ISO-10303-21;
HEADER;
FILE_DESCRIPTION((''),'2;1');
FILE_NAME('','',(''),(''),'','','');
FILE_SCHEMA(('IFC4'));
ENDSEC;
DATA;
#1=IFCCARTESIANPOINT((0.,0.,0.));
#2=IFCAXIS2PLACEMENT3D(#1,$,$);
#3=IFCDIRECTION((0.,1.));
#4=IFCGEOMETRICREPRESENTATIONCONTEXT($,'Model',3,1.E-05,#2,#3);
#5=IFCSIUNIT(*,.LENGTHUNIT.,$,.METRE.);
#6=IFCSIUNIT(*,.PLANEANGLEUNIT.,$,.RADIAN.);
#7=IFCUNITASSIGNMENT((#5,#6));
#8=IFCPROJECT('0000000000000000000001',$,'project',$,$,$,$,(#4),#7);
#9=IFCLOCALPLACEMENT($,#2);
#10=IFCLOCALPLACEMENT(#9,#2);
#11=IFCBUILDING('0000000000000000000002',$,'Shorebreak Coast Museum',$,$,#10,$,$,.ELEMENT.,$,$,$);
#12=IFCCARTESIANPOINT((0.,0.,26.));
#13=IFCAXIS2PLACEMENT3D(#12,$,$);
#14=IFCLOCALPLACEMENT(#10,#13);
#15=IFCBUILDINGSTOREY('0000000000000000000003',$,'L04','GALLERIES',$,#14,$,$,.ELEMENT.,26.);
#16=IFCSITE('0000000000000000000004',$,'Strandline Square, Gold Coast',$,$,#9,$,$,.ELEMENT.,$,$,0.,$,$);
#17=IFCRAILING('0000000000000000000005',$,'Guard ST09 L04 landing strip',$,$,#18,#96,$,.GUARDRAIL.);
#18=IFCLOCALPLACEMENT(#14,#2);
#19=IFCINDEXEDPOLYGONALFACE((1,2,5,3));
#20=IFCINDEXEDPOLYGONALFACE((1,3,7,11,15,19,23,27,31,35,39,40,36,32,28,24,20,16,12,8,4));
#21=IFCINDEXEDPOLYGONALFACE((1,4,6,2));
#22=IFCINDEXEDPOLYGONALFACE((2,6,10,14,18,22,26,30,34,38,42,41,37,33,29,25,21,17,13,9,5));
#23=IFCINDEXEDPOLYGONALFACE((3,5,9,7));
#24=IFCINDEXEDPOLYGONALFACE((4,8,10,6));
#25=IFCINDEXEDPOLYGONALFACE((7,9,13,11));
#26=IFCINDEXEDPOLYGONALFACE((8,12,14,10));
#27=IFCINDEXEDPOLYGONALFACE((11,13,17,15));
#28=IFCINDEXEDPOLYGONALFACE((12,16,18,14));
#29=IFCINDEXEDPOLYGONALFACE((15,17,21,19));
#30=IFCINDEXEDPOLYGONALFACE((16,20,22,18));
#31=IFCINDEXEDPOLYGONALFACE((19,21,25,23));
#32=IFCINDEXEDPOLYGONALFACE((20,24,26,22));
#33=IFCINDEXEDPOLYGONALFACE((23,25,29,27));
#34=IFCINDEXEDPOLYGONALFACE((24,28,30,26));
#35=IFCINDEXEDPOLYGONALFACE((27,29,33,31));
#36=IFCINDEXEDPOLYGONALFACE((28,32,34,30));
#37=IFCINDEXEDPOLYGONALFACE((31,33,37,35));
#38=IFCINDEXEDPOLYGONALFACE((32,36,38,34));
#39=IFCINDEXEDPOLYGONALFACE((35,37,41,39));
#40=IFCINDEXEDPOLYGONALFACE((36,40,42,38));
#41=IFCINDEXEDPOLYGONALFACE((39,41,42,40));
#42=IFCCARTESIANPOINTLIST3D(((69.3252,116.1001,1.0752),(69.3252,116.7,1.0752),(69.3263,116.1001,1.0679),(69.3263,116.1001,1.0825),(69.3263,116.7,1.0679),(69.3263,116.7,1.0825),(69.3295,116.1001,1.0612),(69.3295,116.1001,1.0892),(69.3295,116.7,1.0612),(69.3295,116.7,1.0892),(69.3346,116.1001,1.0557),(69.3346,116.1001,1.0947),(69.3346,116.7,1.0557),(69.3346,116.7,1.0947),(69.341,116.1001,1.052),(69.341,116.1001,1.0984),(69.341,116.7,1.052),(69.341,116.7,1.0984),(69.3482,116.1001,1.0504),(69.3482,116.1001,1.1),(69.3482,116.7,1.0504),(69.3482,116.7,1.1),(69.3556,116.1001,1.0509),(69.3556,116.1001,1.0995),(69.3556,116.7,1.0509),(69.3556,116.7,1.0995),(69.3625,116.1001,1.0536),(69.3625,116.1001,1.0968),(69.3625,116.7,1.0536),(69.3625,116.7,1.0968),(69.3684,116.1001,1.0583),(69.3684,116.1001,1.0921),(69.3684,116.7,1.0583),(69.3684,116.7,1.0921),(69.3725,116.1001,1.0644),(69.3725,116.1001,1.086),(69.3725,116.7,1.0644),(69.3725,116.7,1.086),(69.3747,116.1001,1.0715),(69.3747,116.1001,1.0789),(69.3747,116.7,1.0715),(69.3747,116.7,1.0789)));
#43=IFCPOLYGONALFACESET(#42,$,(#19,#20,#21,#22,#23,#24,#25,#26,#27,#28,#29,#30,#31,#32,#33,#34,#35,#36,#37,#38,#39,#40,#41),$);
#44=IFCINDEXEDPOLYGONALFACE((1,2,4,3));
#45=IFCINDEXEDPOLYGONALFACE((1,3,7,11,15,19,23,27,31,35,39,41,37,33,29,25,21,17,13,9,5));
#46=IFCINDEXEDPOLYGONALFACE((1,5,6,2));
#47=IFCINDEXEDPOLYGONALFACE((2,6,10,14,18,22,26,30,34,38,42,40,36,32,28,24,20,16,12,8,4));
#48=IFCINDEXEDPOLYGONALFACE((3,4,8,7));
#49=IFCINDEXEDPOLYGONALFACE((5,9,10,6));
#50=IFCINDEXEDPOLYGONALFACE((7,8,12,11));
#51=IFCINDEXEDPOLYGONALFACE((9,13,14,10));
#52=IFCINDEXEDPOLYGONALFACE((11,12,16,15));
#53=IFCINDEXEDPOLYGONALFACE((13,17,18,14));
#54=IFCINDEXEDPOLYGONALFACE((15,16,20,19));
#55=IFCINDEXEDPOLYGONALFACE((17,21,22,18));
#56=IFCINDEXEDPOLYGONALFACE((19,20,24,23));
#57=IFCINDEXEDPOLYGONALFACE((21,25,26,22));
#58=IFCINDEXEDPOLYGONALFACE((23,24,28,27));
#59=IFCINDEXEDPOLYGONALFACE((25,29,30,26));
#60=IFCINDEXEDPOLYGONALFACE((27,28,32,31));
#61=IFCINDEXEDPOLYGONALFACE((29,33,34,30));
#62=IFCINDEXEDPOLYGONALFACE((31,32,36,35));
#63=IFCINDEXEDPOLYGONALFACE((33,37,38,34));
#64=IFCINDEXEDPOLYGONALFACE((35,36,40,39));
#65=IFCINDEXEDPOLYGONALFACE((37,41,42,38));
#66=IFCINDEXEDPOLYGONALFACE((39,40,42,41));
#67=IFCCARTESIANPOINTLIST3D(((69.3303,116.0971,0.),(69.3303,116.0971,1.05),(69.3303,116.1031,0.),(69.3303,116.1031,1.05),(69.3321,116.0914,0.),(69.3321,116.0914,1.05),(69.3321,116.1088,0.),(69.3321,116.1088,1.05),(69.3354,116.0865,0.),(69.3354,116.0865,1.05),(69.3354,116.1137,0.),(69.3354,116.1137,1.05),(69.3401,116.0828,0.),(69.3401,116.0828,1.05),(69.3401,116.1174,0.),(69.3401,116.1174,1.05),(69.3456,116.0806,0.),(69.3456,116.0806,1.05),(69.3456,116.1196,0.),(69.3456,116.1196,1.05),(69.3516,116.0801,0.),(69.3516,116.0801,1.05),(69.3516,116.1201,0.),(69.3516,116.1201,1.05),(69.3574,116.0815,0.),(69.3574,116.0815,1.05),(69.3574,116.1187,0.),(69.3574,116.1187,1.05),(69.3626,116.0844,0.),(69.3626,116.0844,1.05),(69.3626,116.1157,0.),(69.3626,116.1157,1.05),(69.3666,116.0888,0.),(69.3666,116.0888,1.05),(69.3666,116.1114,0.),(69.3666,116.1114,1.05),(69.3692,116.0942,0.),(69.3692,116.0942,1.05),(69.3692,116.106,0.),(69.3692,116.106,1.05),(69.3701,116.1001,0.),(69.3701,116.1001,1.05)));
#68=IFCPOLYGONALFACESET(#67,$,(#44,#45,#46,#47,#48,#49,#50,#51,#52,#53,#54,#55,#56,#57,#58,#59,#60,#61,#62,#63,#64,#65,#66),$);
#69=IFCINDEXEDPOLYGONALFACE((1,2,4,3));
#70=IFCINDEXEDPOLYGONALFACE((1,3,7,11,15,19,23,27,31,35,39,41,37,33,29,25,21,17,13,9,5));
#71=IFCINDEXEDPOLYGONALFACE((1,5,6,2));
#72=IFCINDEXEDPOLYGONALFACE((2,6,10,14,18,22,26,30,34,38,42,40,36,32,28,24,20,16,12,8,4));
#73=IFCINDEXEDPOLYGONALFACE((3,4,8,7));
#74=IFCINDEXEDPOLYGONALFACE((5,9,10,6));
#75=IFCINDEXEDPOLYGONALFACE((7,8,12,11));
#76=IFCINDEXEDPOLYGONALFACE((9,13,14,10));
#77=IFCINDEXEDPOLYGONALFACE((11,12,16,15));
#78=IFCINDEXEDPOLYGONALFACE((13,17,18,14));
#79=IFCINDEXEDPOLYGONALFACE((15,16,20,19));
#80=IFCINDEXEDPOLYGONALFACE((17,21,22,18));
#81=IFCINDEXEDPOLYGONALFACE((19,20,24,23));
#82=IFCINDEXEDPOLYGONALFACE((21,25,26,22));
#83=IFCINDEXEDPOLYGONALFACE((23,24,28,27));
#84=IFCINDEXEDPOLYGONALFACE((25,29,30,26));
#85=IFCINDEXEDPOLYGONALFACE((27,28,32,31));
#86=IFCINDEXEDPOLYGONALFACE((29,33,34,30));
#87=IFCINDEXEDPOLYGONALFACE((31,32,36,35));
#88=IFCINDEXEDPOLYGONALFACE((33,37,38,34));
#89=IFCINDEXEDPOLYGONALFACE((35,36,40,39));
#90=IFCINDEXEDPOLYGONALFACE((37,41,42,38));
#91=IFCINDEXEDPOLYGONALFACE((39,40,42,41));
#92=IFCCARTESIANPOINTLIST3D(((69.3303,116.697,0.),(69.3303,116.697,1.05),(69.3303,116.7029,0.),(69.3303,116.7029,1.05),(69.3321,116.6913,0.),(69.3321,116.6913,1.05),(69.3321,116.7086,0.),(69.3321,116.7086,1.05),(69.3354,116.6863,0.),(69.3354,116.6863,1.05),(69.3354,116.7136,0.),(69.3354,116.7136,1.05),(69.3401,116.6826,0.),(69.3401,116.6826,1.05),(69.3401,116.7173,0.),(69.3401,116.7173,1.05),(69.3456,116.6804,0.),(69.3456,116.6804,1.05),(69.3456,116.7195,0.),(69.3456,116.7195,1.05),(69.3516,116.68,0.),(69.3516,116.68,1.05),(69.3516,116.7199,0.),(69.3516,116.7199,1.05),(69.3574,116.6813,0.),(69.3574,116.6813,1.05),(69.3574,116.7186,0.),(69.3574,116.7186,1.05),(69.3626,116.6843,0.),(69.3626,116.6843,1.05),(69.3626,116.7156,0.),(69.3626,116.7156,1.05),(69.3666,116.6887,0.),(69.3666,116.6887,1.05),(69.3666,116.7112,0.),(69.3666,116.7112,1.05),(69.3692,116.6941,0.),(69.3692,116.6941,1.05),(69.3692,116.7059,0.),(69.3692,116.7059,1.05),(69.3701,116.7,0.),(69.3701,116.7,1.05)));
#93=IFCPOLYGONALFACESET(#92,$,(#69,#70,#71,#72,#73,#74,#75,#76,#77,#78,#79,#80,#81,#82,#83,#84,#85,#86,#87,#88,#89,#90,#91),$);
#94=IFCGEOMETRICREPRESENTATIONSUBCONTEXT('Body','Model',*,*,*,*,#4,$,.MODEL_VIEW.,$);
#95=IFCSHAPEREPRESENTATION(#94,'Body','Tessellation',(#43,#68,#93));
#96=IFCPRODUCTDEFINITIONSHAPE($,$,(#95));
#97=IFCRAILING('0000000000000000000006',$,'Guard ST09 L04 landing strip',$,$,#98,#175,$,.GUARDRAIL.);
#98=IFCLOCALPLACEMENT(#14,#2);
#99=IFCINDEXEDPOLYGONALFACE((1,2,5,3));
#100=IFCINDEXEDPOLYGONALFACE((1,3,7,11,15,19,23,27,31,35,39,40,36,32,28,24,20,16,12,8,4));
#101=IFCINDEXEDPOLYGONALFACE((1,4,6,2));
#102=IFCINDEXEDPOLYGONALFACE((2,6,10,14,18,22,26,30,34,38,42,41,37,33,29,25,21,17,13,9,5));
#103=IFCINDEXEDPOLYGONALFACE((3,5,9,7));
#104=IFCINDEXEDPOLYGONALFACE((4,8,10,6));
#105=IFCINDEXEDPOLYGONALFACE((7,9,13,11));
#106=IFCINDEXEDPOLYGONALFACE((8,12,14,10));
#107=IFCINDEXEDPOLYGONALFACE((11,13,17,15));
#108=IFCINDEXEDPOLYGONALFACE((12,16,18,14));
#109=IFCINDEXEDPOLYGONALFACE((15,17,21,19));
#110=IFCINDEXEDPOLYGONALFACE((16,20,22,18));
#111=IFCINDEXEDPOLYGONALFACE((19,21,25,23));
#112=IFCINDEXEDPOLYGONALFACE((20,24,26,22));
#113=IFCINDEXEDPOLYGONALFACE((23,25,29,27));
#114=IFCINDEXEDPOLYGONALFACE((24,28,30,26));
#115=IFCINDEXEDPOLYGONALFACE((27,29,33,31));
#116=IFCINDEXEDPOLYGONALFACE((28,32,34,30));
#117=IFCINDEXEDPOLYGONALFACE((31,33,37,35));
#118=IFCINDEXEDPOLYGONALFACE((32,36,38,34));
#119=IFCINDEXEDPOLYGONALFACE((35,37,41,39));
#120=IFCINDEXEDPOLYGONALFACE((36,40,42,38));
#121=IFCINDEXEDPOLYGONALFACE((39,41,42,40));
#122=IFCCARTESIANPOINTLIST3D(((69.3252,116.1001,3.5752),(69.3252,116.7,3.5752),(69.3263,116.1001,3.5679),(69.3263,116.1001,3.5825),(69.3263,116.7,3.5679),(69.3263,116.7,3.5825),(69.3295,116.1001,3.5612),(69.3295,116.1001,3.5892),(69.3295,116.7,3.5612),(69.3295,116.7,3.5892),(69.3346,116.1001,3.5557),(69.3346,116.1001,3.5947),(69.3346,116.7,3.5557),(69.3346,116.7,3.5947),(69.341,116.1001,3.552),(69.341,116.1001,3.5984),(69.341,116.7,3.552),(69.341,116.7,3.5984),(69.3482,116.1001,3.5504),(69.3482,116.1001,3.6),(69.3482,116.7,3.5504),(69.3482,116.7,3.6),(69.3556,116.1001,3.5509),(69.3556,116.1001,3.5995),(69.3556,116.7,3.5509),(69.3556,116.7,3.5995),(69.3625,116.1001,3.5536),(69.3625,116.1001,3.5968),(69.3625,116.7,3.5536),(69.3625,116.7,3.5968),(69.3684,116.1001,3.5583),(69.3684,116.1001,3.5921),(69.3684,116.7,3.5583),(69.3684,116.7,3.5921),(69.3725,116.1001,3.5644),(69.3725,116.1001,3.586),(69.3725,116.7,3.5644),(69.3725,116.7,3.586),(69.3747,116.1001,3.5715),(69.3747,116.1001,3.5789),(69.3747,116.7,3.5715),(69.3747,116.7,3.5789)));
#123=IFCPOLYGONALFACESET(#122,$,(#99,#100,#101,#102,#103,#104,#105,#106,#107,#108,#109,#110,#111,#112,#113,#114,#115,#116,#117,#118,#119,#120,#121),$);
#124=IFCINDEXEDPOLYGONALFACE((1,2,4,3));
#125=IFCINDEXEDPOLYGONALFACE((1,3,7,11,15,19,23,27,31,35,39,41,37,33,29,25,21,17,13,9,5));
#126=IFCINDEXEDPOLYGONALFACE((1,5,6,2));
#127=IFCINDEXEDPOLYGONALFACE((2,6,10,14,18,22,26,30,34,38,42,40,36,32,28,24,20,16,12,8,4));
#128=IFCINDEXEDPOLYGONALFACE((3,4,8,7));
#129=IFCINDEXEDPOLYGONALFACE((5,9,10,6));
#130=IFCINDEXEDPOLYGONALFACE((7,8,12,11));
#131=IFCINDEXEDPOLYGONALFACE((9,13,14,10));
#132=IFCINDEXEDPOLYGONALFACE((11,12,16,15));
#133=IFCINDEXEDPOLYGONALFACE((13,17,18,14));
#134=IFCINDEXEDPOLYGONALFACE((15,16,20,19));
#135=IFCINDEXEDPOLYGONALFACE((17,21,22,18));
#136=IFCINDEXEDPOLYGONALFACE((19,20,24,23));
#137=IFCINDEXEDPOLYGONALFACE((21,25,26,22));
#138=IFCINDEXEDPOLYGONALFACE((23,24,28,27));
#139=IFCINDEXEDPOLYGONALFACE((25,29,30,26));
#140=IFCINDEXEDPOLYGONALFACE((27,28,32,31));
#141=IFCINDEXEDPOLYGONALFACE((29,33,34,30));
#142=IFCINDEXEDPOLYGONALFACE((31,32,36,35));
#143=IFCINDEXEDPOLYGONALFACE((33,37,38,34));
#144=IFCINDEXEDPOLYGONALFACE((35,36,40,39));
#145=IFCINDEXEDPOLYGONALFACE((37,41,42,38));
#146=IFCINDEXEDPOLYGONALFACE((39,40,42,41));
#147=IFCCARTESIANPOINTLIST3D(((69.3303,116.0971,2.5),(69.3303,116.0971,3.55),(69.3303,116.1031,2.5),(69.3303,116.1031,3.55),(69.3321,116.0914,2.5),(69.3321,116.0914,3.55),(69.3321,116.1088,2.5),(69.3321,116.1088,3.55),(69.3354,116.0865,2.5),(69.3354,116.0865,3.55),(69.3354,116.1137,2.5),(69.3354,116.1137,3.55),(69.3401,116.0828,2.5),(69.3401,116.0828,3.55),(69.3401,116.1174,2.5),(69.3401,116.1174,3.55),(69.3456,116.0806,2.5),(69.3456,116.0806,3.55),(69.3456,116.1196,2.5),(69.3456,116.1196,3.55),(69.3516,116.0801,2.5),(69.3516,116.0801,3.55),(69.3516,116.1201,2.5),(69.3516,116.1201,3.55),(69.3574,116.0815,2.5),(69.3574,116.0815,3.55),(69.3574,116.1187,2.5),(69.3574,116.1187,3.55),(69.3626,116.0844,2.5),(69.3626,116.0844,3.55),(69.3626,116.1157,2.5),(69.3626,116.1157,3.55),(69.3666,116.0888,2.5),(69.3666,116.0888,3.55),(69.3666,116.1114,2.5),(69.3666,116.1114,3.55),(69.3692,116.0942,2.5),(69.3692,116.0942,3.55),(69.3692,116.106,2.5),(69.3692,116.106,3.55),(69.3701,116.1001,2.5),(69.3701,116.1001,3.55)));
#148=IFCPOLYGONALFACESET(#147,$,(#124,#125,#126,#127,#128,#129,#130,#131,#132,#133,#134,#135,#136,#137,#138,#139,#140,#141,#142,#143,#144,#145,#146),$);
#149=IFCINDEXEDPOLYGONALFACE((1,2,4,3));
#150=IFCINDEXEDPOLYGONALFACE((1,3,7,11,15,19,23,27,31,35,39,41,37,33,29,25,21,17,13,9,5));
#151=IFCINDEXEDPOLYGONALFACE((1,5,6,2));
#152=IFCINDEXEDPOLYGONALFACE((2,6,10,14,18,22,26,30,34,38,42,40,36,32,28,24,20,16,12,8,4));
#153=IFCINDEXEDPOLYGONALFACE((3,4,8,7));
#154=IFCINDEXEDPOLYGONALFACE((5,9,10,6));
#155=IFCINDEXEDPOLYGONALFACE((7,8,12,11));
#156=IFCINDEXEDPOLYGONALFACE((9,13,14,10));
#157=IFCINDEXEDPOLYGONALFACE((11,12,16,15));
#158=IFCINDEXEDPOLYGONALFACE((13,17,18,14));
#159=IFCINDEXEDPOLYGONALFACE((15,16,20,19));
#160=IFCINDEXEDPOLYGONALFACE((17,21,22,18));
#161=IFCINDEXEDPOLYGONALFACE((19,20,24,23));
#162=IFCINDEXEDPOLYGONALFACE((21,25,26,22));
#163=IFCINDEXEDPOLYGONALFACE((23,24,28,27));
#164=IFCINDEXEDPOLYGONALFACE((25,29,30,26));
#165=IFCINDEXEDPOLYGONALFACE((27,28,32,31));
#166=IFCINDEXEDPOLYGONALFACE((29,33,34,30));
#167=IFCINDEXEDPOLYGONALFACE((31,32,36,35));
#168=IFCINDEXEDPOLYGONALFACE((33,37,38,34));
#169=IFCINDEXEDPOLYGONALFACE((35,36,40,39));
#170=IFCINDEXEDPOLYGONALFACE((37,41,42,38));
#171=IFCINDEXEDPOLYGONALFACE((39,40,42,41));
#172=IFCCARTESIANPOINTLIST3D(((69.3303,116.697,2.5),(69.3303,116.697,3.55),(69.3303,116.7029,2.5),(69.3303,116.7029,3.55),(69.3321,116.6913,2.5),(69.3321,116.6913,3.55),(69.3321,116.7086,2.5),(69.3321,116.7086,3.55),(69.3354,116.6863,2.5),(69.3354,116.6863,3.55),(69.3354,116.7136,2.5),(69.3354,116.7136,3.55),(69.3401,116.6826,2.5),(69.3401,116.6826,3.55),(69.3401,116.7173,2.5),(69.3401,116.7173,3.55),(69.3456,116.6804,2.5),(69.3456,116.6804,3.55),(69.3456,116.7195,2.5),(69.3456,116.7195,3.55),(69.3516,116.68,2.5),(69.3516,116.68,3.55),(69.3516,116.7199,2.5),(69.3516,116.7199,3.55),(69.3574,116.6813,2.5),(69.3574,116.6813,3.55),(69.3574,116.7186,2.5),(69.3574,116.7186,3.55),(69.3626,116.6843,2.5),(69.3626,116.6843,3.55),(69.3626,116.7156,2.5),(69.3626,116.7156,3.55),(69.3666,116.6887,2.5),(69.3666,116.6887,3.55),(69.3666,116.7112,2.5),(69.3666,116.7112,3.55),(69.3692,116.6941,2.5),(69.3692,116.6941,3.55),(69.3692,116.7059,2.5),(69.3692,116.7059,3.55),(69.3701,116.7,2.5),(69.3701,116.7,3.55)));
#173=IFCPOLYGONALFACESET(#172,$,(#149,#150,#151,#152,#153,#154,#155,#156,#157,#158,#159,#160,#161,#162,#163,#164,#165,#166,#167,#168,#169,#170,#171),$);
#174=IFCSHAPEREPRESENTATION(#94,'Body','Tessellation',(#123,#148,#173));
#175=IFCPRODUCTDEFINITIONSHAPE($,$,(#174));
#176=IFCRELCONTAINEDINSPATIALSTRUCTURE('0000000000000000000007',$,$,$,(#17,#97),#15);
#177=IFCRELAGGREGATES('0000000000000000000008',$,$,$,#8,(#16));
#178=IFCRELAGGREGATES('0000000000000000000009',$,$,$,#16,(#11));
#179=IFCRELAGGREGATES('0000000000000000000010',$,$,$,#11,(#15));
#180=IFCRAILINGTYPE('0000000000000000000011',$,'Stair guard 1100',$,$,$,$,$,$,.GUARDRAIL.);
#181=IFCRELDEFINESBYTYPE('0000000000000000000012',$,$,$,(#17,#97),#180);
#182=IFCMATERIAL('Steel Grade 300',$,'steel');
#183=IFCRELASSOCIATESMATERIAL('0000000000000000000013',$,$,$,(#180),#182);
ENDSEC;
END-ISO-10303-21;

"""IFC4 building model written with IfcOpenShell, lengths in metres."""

from ifc_helpers import new_model, si_unit, direction, frame, origin, origin_2d, place, context, subcontext, project, spatial, circle, extrude, material, type_object, element, save


model = new_model("IFC4")

# Units and contexts
model_context = context("Model", 3, precision=1e-05, world=origin(), true_north=direction((0.0, 1.0)))
body_context = subcontext(model_context, "Body", "Model", "MODEL_VIEW")
ifc_project = project(units=[si_unit("LENGTHUNIT", "METRE"), si_unit("PLANEANGLEUNIT", "RADIAN")], contexts=[model_context])

# Site, building, storey
site_placement = place(None, origin())
site = spatial("IfcSite", under=ifc_project, at=site_placement, Name="Strandline Square, Gold Coast", CompositionType="ELEMENT", RefElevation=0.0)
building_placement = place(site_placement, origin())
building = spatial("IfcBuilding", under=site, at=building_placement, Name="Shorebreak Coast Museum", CompositionType="ELEMENT")
storey_placement = place(building_placement, frame((0.0, 0.0, 26.0)))
storey = spatial("IfcBuildingStorey", under=building, at=storey_placement, Name="L04", Description="GALLERIES", CompositionType="ELEMENT", Elevation=26.0)

# Railings
ifc_material_1 = material(Name="Steel Grade 300", Category="steel")
railing_type_1 = type_object("IfcRailingType", Name="Stair guard 1100", PredefinedType="GUARDRAIL", material=ifc_material_1)
for number, where, name in (
    (1, (69.3501, 116.1001, 0.0), "Guard ST09 L04 landing strip"),
    (2, (69.3501, 116.1001, 2.5), "Guard ST09 L04 landing strip"),
):
    element("IfcRailing", number, at=place(storey_placement, frame(where)), inside=storey, type_object=railing_type_1, Name=name, PredefinedType="GUARDRAIL", context=body_context, shape_type="SweptSolid", body=[
        extrude(circle(Radius=0.0249, at=origin_2d()), frame((0.0, 0.0, 1.0752), z_axis=(0.0, 1.0, 0.0), x_axis=(-1.0, 0.0, 0.0)), (0.0, 0.0, 1.0), 0.5999),
        extrude(circle(Radius=0.02, at=origin_2d()), origin(), (0.0, 0.0, 1.0), 1.05),
        extrude(circle(Radius=0.02, at=origin_2d()), frame((0.0, 0.5999, 0.0)), (0.0, 0.0, 1.0), 1.05),
    ])

save(model, "model.ifc")
